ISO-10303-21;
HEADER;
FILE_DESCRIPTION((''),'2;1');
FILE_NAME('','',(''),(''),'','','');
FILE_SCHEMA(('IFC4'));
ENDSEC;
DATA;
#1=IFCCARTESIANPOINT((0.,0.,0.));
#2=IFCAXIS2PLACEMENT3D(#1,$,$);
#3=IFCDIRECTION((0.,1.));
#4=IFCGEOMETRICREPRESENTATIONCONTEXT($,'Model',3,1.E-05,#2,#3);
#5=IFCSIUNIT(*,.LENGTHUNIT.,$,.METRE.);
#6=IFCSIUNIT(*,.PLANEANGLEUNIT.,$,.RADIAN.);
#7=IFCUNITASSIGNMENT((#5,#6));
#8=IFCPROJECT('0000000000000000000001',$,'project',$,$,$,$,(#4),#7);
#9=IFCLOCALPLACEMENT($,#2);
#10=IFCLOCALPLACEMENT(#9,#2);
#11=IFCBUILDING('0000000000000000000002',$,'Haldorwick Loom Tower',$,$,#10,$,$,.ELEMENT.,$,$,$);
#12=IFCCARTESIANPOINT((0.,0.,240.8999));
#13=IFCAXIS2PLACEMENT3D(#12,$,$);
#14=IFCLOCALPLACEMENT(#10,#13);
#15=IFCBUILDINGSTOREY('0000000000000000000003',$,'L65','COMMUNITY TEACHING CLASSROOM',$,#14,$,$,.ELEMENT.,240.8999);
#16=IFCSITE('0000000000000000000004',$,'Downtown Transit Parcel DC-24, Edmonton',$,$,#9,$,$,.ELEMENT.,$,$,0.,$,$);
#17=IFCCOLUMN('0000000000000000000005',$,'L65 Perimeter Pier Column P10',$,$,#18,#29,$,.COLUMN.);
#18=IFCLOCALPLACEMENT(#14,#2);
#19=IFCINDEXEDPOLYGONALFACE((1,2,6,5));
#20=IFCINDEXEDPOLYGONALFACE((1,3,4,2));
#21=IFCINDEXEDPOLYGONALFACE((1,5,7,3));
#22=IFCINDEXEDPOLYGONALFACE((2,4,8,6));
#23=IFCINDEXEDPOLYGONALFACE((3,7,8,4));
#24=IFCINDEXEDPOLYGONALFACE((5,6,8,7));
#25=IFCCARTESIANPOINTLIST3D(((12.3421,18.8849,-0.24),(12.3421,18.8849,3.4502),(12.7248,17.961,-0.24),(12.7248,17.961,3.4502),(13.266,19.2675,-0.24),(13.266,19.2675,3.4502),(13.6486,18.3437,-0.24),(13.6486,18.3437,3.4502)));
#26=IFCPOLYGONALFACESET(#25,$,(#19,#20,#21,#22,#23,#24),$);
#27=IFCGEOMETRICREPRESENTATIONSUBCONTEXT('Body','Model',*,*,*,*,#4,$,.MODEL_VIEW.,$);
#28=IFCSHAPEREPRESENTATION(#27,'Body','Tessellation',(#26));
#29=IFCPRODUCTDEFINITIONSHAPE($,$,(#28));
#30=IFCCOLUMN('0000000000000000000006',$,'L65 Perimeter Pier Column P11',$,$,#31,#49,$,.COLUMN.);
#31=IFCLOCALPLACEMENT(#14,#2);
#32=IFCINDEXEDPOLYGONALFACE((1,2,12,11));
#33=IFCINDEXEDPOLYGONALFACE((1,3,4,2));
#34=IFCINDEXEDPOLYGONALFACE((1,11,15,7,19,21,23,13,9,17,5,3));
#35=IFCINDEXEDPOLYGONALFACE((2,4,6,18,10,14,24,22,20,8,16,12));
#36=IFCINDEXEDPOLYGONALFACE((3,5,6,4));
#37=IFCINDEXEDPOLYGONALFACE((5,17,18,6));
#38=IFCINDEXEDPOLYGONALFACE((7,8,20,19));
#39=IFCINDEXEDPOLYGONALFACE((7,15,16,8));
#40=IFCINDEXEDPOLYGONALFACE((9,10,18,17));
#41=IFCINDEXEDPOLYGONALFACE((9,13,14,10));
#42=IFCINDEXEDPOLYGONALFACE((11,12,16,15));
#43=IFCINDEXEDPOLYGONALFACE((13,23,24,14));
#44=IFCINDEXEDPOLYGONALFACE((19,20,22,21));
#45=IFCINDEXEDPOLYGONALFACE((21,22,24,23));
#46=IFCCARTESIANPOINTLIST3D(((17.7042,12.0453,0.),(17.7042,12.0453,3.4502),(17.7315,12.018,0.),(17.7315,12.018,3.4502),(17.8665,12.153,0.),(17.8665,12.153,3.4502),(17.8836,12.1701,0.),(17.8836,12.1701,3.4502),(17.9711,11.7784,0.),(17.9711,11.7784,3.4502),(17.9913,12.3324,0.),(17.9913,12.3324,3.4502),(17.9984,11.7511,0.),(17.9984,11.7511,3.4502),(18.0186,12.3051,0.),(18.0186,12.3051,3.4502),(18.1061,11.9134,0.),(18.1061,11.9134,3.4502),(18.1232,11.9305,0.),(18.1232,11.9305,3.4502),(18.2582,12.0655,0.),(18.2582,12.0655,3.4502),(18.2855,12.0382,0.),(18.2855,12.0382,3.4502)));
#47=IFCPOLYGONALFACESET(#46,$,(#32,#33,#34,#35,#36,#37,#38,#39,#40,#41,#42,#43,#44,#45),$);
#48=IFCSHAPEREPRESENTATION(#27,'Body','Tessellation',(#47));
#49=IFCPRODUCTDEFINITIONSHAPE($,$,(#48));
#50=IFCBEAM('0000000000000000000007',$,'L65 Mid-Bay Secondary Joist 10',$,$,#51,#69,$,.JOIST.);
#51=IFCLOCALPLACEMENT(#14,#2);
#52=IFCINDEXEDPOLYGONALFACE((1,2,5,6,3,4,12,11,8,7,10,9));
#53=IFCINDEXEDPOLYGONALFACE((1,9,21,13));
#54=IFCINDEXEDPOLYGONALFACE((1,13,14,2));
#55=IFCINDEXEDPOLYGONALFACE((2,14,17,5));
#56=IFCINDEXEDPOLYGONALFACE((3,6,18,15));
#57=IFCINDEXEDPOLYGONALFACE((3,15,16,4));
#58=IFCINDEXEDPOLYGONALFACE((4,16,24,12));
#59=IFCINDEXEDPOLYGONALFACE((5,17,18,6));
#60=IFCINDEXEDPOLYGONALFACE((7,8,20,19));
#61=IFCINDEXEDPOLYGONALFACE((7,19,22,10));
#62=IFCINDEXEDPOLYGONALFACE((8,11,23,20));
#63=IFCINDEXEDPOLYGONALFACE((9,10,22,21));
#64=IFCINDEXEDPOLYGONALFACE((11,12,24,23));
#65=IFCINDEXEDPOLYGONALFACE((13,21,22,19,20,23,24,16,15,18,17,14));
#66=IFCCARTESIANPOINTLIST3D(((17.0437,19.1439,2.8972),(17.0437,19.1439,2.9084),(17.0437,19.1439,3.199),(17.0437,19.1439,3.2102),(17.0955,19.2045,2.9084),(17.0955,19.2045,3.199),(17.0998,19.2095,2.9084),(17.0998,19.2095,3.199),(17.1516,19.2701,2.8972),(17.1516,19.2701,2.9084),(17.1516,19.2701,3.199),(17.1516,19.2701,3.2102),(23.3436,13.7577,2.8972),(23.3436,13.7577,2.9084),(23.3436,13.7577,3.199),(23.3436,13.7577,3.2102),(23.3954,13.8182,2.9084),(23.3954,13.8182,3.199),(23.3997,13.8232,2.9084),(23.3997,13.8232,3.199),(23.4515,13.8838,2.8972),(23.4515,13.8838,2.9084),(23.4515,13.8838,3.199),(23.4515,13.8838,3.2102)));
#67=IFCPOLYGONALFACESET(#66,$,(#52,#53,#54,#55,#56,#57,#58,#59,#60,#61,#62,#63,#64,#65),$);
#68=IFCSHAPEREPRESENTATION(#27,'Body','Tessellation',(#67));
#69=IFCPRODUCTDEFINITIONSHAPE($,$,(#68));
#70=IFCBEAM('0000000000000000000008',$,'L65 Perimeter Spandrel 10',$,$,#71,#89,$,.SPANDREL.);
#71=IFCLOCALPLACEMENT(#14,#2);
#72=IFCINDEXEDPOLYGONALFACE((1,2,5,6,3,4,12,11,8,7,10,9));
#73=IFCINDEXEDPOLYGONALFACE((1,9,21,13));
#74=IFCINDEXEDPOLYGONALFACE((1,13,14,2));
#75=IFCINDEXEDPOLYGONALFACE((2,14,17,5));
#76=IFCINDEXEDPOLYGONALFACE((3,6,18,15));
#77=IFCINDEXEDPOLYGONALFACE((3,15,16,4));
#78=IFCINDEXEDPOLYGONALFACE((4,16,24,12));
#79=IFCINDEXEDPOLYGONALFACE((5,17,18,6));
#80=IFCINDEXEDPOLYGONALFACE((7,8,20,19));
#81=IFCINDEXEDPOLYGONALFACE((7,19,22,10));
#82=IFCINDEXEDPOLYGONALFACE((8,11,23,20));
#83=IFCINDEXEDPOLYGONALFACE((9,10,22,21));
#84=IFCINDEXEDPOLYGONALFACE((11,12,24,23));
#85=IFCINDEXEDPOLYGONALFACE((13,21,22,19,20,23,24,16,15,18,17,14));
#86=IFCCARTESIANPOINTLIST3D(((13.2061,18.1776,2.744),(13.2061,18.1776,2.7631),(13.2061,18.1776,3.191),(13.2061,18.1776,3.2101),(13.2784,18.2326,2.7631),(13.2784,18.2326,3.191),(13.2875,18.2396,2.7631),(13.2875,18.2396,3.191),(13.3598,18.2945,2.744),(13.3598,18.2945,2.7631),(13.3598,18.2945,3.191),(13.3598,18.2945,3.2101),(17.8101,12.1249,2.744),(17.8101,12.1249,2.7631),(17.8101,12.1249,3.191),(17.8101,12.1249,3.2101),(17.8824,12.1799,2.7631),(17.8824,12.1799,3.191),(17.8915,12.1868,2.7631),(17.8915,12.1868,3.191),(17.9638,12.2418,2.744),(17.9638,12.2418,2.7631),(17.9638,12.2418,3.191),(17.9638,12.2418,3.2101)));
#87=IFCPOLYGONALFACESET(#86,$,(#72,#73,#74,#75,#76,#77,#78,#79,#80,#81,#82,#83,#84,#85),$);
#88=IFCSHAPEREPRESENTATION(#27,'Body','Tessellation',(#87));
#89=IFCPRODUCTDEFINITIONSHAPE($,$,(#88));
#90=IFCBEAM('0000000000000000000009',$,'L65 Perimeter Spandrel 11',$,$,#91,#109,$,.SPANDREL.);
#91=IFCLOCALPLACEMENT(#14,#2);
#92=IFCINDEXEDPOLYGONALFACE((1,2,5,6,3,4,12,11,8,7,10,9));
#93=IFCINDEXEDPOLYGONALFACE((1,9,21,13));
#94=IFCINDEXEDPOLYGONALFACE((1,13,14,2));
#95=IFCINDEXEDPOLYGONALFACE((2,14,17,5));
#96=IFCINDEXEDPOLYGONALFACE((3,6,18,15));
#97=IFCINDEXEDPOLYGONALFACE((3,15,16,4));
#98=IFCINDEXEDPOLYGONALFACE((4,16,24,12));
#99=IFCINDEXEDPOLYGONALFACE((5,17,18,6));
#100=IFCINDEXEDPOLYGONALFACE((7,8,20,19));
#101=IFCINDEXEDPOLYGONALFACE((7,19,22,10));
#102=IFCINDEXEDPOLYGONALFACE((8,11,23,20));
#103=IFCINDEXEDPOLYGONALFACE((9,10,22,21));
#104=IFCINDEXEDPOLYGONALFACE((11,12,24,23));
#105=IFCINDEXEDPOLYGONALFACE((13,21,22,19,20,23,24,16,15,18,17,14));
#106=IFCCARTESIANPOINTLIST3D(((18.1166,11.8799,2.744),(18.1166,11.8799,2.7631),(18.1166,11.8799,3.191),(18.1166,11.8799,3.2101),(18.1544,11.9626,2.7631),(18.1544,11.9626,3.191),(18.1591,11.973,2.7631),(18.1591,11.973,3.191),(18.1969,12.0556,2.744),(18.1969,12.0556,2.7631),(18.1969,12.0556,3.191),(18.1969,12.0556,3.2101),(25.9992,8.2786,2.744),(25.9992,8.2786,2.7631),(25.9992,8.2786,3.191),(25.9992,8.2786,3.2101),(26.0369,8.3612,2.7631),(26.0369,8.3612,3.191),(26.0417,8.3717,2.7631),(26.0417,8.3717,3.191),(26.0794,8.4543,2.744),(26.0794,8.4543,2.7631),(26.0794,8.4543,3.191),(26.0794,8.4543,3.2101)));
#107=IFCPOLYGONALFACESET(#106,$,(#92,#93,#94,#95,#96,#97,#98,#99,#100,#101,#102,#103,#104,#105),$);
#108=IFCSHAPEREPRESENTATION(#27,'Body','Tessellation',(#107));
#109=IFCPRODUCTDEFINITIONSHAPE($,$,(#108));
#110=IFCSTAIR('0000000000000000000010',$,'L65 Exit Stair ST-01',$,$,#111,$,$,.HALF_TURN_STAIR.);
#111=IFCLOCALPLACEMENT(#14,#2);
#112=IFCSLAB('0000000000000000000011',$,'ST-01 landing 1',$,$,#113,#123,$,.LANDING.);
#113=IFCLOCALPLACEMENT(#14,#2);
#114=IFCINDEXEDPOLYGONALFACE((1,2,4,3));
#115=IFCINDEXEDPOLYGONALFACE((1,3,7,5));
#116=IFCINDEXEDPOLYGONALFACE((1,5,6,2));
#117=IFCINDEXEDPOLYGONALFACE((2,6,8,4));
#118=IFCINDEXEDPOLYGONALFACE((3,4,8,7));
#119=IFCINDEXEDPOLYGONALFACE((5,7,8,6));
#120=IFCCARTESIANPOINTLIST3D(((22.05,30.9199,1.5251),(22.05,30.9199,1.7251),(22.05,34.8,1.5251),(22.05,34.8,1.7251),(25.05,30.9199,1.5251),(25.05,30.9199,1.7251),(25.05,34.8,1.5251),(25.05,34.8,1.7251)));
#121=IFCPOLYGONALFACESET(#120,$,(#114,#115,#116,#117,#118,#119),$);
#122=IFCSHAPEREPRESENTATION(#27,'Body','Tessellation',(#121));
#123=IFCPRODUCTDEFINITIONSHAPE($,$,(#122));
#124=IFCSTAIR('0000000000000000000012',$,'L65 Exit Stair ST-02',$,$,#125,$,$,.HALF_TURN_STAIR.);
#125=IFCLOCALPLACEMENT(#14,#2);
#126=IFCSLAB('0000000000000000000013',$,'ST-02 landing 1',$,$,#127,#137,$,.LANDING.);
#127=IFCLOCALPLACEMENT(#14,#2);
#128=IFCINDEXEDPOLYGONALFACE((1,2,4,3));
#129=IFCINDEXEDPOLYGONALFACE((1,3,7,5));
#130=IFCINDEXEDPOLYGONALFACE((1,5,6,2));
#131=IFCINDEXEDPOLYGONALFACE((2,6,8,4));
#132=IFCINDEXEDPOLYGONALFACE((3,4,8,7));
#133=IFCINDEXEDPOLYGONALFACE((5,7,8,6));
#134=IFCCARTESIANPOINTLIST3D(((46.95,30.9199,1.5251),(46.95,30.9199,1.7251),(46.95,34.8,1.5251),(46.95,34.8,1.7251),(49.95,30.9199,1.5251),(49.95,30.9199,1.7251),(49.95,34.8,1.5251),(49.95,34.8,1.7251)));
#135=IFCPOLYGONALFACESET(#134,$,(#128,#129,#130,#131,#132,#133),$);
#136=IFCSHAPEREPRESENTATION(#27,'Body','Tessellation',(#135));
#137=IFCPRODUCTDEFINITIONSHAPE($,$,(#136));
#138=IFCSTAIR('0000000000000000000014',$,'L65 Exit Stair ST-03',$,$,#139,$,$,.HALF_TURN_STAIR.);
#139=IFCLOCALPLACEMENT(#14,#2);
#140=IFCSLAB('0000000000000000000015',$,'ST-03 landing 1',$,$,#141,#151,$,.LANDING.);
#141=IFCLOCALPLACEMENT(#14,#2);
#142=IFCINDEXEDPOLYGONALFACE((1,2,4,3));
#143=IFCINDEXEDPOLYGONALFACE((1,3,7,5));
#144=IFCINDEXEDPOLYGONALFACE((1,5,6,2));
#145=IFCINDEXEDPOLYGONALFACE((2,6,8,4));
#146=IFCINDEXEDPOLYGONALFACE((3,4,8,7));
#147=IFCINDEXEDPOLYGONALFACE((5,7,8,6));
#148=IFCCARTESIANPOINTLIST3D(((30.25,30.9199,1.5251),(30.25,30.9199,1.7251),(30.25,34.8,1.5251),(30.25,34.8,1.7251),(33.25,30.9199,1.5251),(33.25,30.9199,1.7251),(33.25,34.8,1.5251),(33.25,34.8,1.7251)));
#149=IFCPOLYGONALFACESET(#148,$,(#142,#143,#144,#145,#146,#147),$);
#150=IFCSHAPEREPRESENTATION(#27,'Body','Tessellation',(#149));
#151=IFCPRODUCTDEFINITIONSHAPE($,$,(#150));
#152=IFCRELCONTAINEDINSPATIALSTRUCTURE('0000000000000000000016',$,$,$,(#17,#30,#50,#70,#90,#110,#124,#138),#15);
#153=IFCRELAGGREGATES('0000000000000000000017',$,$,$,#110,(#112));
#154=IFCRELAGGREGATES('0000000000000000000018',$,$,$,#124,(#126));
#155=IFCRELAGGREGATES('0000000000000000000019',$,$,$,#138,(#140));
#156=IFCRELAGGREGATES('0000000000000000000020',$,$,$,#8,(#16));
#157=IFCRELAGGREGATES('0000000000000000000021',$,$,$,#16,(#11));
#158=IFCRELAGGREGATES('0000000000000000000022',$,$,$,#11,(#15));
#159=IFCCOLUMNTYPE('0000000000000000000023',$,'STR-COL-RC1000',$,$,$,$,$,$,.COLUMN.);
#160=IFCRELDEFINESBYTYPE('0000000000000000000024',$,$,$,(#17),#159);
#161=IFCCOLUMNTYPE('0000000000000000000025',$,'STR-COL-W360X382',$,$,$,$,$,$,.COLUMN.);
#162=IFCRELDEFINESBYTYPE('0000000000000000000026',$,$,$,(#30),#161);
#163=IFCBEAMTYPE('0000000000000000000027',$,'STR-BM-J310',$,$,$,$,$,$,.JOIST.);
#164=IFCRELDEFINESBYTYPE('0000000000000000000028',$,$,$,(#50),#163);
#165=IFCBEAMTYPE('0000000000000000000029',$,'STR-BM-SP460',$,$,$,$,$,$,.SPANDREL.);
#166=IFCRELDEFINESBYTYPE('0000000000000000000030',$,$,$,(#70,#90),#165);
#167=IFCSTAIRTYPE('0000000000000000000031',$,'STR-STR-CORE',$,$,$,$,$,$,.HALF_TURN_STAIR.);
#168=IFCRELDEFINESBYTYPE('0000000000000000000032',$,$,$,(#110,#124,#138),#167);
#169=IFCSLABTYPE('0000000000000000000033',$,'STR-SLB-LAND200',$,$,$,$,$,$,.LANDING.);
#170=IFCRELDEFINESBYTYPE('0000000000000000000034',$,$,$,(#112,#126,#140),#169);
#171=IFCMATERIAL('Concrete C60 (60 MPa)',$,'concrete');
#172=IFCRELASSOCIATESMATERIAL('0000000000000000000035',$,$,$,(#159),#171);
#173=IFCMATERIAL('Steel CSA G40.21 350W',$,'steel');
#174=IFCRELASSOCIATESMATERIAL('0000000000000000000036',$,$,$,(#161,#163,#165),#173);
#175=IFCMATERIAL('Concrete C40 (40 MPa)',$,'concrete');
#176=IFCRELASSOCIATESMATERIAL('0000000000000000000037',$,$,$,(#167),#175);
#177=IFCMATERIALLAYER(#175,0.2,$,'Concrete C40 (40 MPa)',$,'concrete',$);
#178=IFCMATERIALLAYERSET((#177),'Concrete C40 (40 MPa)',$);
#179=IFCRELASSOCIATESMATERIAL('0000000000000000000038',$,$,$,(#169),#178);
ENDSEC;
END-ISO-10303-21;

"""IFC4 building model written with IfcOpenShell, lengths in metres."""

from ifc_helpers import new_model, si_unit, direction, frame, origin, origin_2d, place, context, subcontext, project, spatial, polyline, rectangle, i_section, outline, extrude, material, layer, layer_set, material_profile, profile_set, type_object, element, aggregate, save


model = new_model("IFC4")

# Units and contexts
model_context = context("Model", 3, precision=1e-05, world=origin(), true_north=direction((0.0, 1.0)))
body_context = subcontext(model_context, "Body", "Model", "MODEL_VIEW")
ifc_project = project(units=[si_unit("LENGTHUNIT", "METRE"), si_unit("PLANEANGLEUNIT", "RADIAN")], contexts=[model_context])

# Site, building, storey
site_placement = place(None, origin())
site = spatial("IfcSite", under=ifc_project, at=site_placement, Name="Downtown Transit Parcel DC-24, Edmonton", CompositionType="ELEMENT", RefElevation=0.0)
building_placement = place(site_placement, origin())
building = spatial("IfcBuilding", under=site, at=building_placement, Name="Haldorwick Loom Tower", CompositionType="ELEMENT")
storey_placement = place(building_placement, frame((0.0, 0.0, 240.8999)))
storey = spatial("IfcBuildingStorey", under=building, at=storey_placement, Name="L65", Description="COMMUNITY TEACHING CLASSROOM", CompositionType="ELEMENT", Elevation=240.8999)

# Columns
ifc_material_1 = material(Name="Concrete C60 (60 MPa)", Category="concrete")
ifc_material_profile_1 = material_profile(ifc_material_1, rectangle(XDim=1.0, YDim=1.0, at=origin_2d()), Name="RC1000X1000", Category="concrete")
ifc_profile_set_1 = profile_set([ifc_material_profile_1], Name="Concrete C60 (60 MPa)")
column_type_1 = type_object("IfcColumnType", Name="STR-COL-RC1000", PredefinedType="COLUMN", material=ifc_profile_set_1)
column_1_placement = place(storey_placement, frame((12.9954, 18.6143, -0.24), z_axis=(0.0, 0.0, 1.0), x_axis=(-0.92388, -0.382683, 0.0)))
element("IfcColumn", 1, at=column_1_placement, inside=storey, type_object=column_type_1, Name="L65 Perimeter Pier Column P10", PredefinedType="COLUMN", context=body_context, shape_type="SweptSolid", body=[
    extrude(rectangle(XDim=1.0, YDim=1.0, at=origin_2d()), origin(), (0.0, 0.0, 1.0), 3.6902),
])
ifc_material_2 = material(Name="Steel CSA G40.21 350W", Category="steel")
ifc_material_profile_2 = material_profile(ifc_material_2, i_section(OverallWidth=0.406, OverallDepth=0.416, WebThickness=0.0242, FlangeThickness=0.0386, at=origin_2d()), Name="W360X382", Category="steel")
ifc_profile_set_2 = profile_set([ifc_material_profile_2], Name="Steel CSA G40.21 350W")
column_type_2 = type_object("IfcColumnType", Name="STR-COL-W360X382", PredefinedType="COLUMN", material=ifc_profile_set_2)
column_2_placement = place(storey_placement, frame((17.9949, 12.0417, 0.0), z_axis=(0.0, 0.0, 1.0), x_axis=(-0.707107, -0.707107, 0.0)))
element("IfcColumn", 2, at=column_2_placement, inside=storey, type_object=column_type_2, Name="L65 Perimeter Pier Column P11", PredefinedType="COLUMN", context=body_context, shape_type="SweptSolid", body=[
    extrude(i_section(OverallWidth=0.406, OverallDepth=0.416, WebThickness=0.0242, FlangeThickness=0.0386, at=origin_2d()), origin(), (0.0, 0.0, 1.0), 3.4502),
])

# Beams
ifc_material_profile_3 = material_profile(ifc_material_2, i_section(OverallWidth=0.166, OverallDepth=0.313, WebThickness=0.0066, FlangeThickness=0.0112, at=origin_2d()), Name="W310X45", Category="steel")
ifc_profile_set_3 = profile_set([ifc_material_profile_3], Name="Steel CSA G40.21 350W")
beam_type_1 = type_object("IfcBeamType", Name="STR-BM-J310", PredefinedType="JOIST", material=ifc_profile_set_3)
beam_1_placement = place(storey_placement, frame((17.0977, 19.207, 3.0537), z_axis=(0.760067, -0.649845, 0.0), x_axis=(0.649845, 0.760067, 0.0)))
element("IfcBeam", 3, at=beam_1_placement, inside=storey, type_object=beam_type_1, Name="L65 Mid-Bay Secondary Joist 10", PredefinedType="JOIST", context=body_context, shape_type="SweptSolid", body=[
    extrude(i_section(OverallWidth=0.166, OverallDepth=0.313, WebThickness=0.0066, FlangeThickness=0.0112, at=origin_2d()), origin(), (0.0, 0.0, 1.0), 8.2886),
])
ifc_material_profile_4 = material_profile(ifc_material_2, i_section(OverallWidth=0.1931, OverallDepth=0.4661, WebThickness=0.0115, FlangeThickness=0.019, at=origin_2d()), Name="W460X97", Category="steel")
ifc_profile_set_4 = profile_set([ifc_material_profile_4], Name="Steel CSA G40.21 350W")
beam_type_2 = type_object("IfcBeamType", Name="STR-BM-SP460", PredefinedType="SPANDREL", material=ifc_profile_set_4)
beam_2_placement = place(storey_placement, frame((13.283, 18.2361, 2.9771), z_axis=(0.60541, -0.795913, 0.0), x_axis=(0.795913, 0.60541, 0.0)))
element("IfcBeam", 4, at=beam_2_placement, inside=storey, type_object=beam_type_2, Name="L65 Perimeter Spandrel 10", PredefinedType="SPANDREL", context=body_context, shape_type="SweptSolid", body=[
    extrude(i_section(OverallWidth=0.1931, OverallDepth=0.4661, WebThickness=0.0115, FlangeThickness=0.019, at=origin_2d()), origin(), (0.0, 0.0, 1.0), 7.6047),
])
beam_3_placement = place(storey_placement, frame((18.1567, 11.9678, 2.9771), z_axis=(0.909568, -0.415555, 0.0), x_axis=(0.415555, 0.909568, 0.0)))
element("IfcBeam", 5, at=beam_3_placement, inside=storey, type_object=beam_type_2, Name="L65 Perimeter Spandrel 11", PredefinedType="SPANDREL", context=body_context, shape_type="SweptSolid", body=[
    extrude(i_section(OverallWidth=0.1931, OverallDepth=0.4661, WebThickness=0.0115, FlangeThickness=0.019, at=origin_2d()), origin(), (0.0, 0.0, 1.0), 8.6663),
])

# Stairs, slabs
ifc_material_3 = material(Name="Concrete C40 (40 MPa)", Category="concrete")
stair_type = type_object("IfcStairType", Name="STR-STR-CORE", PredefinedType="HALF_TURN_STAIR", material=ifc_material_3)
stair_1_placement = place(storey_placement, origin())
stair_1 = element("IfcStair", 6, at=stair_1_placement, inside=storey, type_object=stair_type, Name="L65 Exit Stair ST-01", PredefinedType="HALF_TURN_STAIR")
ifc_layer_1 = layer(ifc_material_3, 0.2, Name="Concrete C40 (40 MPa)", Category="concrete")
ifc_layer_set_1 = layer_set([ifc_layer_1], Name="Concrete C40 (40 MPa)")
slab_type_1 = type_object("IfcSlabType", Name="STR-SLB-LAND200", PredefinedType="LANDING", material=ifc_layer_set_1)
slab_1_placement = place(storey_placement, frame((0.0, 0.0, 1.5251)))
slab_1 = element("IfcSlab", 7, at=slab_1_placement, type_object=slab_type_1, Name="ST-01 landing 1", PredefinedType="LANDING", context=body_context, shape_type="SweptSolid", body=[
    extrude(outline(polyline([(25.05, 30.9199), (25.05, 34.8), (22.05, 34.8), (22.05, 30.9199), (25.05, 30.9199)])), origin(), (0.0, 0.0, 1.0), 0.2),
])
aggregate(stair_1, [slab_1])
stair_2_placement = place(storey_placement, origin())
stair_2 = element("IfcStair", 8, at=stair_2_placement, inside=storey, type_object=stair_type, Name="L65 Exit Stair ST-02", PredefinedType="HALF_TURN_STAIR")
slab_2_placement = place(storey_placement, frame((0.0, 0.0, 1.5251)))
slab_2 = element("IfcSlab", 9, at=slab_2_placement, type_object=slab_type_1, Name="ST-02 landing 1", PredefinedType="LANDING", context=body_context, shape_type="SweptSolid", body=[
    extrude(outline(polyline([(49.95, 30.9199), (49.95, 34.8), (46.95, 34.8), (46.95, 30.9199), (49.95, 30.9199)])), origin(), (0.0, 0.0, 1.0), 0.2),
])
aggregate(stair_2, [slab_2])
stair_3_placement = place(storey_placement, origin())
stair_3 = element("IfcStair", 10, at=stair_3_placement, inside=storey, type_object=stair_type, Name="L65 Exit Stair ST-03", PredefinedType="HALF_TURN_STAIR")
slab_3_placement = place(storey_placement, frame((0.0, 0.0, 1.5251)))
slab_3 = element("IfcSlab", 11, at=slab_3_placement, type_object=slab_type_1, Name="ST-03 landing 1", PredefinedType="LANDING", context=body_context, shape_type="SweptSolid", body=[
    extrude(outline(polyline([(33.25, 30.9199), (33.25, 34.8), (30.25, 34.8), (30.25, 30.9199), (33.25, 30.9199)])), origin(), (0.0, 0.0, 1.0), 0.2),
])
aggregate(stair_3, [slab_3])

save(model, "model.ifc")
